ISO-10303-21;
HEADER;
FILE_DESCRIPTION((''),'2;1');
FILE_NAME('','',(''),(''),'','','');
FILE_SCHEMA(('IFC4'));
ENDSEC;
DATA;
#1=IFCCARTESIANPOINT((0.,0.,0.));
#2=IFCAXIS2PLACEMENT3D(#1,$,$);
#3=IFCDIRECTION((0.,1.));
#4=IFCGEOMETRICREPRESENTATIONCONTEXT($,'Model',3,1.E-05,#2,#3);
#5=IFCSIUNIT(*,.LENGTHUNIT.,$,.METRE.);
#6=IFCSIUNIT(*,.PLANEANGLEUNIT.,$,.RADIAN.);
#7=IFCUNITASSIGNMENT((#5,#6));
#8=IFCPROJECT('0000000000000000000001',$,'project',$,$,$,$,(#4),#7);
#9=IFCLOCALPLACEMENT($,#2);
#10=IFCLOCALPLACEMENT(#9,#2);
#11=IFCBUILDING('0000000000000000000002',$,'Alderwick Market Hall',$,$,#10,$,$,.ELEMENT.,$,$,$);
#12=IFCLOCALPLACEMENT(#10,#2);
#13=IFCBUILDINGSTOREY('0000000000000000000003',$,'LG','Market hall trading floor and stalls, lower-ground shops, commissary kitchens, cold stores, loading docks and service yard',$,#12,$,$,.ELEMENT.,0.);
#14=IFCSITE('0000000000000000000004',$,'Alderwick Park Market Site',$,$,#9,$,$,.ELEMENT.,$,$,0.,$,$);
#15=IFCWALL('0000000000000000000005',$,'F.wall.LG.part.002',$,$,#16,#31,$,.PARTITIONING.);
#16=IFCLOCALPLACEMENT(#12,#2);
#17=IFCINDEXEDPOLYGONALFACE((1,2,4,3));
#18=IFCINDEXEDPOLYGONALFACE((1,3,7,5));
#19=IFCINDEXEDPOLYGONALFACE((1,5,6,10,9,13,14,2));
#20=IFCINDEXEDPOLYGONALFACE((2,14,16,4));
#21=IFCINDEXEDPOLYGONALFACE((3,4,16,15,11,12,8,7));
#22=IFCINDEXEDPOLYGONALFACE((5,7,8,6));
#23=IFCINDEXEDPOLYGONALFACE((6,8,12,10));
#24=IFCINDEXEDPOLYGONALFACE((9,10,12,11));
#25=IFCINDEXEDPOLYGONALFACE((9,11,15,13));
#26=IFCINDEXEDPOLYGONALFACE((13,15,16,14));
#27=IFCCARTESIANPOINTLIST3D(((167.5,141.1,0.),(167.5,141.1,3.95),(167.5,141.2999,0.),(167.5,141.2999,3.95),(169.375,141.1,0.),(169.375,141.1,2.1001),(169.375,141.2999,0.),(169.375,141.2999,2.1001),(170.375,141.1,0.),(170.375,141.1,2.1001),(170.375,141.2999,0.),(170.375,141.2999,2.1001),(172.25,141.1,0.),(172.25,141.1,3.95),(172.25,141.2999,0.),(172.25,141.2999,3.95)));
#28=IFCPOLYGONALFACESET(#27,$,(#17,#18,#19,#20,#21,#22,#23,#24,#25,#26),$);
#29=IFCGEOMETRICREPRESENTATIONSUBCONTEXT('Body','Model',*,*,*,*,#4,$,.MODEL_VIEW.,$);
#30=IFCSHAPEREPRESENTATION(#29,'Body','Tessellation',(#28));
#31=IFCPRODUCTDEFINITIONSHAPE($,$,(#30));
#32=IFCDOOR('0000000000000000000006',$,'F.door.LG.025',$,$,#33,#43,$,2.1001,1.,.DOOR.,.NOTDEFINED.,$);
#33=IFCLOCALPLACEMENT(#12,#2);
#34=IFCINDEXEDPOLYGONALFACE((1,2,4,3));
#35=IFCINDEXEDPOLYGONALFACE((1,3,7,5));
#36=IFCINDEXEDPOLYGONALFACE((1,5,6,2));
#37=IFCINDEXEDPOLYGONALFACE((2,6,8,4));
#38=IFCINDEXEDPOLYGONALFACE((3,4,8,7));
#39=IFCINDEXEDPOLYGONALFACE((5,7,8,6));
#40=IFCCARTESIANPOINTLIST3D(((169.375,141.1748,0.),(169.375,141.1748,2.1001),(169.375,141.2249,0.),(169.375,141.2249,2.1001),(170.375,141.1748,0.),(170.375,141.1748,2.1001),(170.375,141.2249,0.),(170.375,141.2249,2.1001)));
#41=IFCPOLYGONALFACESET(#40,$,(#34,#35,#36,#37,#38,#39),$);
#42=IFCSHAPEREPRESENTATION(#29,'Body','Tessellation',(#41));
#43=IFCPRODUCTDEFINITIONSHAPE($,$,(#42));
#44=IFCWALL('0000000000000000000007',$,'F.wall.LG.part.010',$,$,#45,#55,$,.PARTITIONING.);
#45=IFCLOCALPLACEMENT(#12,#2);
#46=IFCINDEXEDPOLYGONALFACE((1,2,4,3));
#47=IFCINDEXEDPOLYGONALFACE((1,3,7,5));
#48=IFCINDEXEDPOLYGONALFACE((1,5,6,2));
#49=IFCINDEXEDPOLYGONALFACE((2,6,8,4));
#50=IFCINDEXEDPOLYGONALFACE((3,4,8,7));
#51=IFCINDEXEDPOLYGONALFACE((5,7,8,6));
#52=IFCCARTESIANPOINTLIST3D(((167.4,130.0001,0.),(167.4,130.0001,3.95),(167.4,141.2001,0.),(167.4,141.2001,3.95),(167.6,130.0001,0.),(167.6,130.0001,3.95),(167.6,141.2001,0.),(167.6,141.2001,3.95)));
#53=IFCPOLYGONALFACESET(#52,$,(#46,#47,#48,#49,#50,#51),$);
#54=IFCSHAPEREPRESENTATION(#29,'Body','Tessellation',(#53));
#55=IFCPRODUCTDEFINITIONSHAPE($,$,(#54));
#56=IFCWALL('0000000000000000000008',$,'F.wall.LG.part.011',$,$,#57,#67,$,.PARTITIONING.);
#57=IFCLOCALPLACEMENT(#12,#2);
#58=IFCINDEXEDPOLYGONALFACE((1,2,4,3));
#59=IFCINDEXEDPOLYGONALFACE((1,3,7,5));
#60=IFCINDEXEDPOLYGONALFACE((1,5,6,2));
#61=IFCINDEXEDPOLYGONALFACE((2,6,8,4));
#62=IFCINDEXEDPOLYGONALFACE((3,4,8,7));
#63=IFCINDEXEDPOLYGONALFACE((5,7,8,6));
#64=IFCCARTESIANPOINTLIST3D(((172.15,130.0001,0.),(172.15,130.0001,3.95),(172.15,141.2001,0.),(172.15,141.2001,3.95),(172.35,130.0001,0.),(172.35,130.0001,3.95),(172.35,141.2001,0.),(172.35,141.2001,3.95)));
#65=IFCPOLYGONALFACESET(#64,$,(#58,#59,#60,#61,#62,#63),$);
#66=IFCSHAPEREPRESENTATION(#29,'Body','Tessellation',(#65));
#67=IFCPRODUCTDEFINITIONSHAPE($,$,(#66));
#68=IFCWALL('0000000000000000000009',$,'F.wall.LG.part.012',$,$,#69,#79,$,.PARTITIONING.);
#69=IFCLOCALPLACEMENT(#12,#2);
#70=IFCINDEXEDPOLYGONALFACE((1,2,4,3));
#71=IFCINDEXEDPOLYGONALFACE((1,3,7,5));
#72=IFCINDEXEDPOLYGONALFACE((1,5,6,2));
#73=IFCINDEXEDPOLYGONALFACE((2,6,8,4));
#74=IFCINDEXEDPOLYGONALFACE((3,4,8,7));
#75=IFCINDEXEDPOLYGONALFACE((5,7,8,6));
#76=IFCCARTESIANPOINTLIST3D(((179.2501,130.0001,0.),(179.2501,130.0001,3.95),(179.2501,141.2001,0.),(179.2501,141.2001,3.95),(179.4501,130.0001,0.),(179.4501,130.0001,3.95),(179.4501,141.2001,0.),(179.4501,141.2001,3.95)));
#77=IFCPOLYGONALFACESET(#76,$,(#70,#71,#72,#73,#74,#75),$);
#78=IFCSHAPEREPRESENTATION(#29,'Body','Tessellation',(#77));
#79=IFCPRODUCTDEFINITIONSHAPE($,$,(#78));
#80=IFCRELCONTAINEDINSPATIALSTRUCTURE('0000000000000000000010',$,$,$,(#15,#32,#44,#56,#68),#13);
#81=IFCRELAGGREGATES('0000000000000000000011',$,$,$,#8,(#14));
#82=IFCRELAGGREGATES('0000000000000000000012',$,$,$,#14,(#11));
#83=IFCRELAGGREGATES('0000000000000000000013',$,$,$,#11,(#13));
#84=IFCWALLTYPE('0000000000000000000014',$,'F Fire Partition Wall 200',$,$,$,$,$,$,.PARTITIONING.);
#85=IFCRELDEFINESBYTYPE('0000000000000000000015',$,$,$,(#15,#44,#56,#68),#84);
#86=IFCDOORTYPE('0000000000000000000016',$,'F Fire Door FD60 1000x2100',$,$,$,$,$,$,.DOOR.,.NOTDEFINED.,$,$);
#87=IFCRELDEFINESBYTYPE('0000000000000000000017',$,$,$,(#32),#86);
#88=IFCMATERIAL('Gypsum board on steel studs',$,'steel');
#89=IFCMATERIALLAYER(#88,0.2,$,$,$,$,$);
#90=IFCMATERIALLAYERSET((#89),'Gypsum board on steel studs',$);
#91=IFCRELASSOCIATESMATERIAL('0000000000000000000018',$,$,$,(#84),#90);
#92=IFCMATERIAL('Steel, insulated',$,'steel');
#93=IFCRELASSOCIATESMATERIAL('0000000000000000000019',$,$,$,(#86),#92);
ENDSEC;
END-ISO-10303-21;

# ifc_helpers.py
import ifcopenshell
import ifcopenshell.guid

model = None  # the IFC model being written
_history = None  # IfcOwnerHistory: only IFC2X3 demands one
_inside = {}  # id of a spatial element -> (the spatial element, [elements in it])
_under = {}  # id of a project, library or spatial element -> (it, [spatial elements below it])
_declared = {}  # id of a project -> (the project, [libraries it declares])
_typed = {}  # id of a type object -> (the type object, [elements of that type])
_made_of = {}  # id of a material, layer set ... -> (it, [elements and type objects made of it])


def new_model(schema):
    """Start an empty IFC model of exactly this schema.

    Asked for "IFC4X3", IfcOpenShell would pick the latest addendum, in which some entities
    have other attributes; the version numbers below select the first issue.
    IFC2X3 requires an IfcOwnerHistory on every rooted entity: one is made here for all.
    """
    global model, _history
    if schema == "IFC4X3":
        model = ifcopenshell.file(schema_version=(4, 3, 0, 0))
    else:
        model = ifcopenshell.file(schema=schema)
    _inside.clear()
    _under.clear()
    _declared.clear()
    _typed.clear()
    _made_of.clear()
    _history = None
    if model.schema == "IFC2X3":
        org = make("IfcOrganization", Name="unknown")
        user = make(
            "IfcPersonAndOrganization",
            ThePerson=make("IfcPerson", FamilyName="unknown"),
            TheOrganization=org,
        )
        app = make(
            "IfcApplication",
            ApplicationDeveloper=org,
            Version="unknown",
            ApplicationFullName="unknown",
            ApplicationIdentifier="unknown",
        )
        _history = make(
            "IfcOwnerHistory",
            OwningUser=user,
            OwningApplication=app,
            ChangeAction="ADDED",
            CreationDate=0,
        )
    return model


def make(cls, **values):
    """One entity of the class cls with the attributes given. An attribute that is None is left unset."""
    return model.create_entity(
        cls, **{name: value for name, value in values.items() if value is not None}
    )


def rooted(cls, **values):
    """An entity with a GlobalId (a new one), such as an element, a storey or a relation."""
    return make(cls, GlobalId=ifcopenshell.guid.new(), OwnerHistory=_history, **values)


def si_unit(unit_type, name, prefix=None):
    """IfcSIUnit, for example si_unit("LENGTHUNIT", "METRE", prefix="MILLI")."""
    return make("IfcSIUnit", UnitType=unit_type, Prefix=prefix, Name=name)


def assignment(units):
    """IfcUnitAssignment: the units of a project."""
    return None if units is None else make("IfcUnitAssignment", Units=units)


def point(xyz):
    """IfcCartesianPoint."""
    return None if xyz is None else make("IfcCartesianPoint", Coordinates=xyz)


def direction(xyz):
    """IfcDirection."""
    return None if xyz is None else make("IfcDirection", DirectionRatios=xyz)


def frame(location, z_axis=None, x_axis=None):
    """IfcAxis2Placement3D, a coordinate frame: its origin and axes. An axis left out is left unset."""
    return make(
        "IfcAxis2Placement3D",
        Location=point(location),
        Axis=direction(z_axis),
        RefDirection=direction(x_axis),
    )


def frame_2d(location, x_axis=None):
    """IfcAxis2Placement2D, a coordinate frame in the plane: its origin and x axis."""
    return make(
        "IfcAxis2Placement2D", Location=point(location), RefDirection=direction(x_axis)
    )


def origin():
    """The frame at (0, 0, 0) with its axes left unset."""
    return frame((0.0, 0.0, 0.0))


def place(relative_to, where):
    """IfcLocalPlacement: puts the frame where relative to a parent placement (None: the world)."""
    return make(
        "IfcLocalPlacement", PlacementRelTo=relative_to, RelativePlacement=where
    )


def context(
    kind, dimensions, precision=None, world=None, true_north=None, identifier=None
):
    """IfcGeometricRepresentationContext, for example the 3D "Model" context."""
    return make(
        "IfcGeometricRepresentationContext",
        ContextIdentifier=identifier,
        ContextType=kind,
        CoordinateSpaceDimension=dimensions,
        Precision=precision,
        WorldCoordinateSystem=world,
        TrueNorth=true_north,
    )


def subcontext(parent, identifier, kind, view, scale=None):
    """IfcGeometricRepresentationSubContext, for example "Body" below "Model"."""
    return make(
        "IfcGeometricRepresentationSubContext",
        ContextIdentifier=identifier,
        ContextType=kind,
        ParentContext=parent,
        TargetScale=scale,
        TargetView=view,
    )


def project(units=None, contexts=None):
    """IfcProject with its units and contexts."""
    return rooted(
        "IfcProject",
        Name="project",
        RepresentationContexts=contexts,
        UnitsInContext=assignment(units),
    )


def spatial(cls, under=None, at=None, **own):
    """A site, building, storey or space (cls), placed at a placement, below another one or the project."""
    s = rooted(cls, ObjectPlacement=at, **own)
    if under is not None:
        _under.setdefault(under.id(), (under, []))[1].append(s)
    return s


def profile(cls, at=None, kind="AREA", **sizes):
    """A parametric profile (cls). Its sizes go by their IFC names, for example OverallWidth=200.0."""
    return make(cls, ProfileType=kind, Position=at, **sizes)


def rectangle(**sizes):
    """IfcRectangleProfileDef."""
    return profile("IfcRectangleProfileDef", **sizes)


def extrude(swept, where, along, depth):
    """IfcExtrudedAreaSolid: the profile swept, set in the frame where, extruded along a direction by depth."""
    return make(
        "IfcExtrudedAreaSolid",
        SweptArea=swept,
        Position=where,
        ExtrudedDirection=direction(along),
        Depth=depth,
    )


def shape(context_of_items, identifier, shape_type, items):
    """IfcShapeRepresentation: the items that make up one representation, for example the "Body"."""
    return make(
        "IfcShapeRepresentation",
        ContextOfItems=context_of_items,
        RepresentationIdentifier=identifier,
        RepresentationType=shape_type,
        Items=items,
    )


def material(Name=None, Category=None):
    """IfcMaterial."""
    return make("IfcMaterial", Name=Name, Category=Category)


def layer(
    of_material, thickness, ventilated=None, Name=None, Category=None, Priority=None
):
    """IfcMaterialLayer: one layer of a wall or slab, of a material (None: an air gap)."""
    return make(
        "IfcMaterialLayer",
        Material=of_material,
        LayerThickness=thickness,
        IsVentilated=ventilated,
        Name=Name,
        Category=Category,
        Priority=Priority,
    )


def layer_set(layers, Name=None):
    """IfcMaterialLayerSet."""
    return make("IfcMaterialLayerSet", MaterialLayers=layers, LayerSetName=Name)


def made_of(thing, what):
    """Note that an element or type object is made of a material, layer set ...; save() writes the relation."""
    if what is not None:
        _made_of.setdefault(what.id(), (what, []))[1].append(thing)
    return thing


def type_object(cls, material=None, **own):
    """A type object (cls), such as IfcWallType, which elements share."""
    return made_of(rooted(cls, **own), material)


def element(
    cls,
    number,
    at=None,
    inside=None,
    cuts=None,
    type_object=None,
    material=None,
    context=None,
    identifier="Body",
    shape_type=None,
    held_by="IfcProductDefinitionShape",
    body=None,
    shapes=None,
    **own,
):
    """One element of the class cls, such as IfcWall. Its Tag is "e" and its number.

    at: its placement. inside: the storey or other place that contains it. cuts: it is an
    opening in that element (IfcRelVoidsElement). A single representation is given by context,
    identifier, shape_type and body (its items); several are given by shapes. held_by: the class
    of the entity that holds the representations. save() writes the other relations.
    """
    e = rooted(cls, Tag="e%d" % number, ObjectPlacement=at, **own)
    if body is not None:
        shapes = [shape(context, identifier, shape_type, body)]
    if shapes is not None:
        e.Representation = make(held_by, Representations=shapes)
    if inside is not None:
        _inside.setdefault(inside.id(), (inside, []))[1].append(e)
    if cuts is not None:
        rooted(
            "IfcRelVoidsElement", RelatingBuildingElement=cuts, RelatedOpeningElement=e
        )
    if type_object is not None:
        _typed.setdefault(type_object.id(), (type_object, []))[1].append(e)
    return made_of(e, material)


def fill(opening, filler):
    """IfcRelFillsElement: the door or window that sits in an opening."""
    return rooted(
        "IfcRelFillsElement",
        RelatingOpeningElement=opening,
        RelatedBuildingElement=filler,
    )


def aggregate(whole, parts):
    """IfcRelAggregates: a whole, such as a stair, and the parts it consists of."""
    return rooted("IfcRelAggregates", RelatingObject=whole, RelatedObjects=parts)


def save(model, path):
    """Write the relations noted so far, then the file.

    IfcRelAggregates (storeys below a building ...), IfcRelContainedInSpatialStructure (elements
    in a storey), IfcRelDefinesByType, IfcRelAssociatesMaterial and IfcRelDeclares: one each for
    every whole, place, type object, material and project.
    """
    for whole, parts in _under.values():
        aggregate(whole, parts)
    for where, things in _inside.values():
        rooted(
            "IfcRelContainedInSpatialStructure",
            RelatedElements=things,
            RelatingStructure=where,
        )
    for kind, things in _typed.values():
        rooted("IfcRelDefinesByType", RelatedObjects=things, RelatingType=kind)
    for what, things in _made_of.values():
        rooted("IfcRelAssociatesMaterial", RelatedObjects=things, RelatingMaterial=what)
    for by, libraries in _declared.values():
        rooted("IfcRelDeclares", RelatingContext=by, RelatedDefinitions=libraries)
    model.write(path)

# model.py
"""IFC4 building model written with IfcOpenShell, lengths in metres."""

from ifc_helpers import new_model, si_unit, direction, frame, frame_2d, origin, place, context, subcontext, project, spatial, rectangle, extrude, material, layer, layer_set, type_object, element, fill, save


model = new_model("IFC4")

# Units and contexts
model_context = context("Model", 3, precision=1e-05, world=origin(), true_north=direction((0.0, 1.0)))
body_context = subcontext(model_context, "Body", "Model", "MODEL_VIEW")
ifc_project = project(units=[si_unit("LENGTHUNIT", "METRE"), si_unit("PLANEANGLEUNIT", "RADIAN")], contexts=[model_context])

# Site, building, storey
site_placement = place(None, origin())
site = spatial("IfcSite", under=ifc_project, at=site_placement, Name="Alderwick Park Market Site", CompositionType="ELEMENT", RefElevation=0.0)
building_placement = place(site_placement, origin())
building = spatial("IfcBuilding", under=site, at=building_placement, Name="Alderwick Market Hall", CompositionType="ELEMENT")
storey_placement = place(building_placement, origin())
storey = spatial("IfcBuildingStorey", under=building, at=storey_placement, Name="LG", Description="Market hall trading floor and stalls, lower-ground shops, commissary kitchens, cold stores, loading docks and service yard", CompositionType="ELEMENT", Elevation=0.0)

# Wall, opening, door
ifc_material_1 = material(Name="Gypsum board on steel studs", Category="steel")
ifc_layer = layer(ifc_material_1, 0.2)
ifc_layer_set = layer_set([ifc_layer], Name="Gypsum board on steel studs")
wall_type = type_object("IfcWallType", Name="F Fire Partition Wall 200", PredefinedType="PARTITIONING", material=ifc_layer_set)
wall_placement = place(storey_placement, frame((167.5, 141.2, 0.0), z_axis=(0.0, 0.0, 1.0), x_axis=(1.0, 0.0, 0.0)))
wall = element("IfcWall", 1, at=wall_placement, inside=storey, type_object=wall_type, Name="F.wall.LG.part.002", PredefinedType="PARTITIONING", context=body_context, shape_type="SweptSolid", body=[
    extrude(rectangle(XDim=4.75, YDim=0.2, at=frame_2d((2.375, 0.0))), origin(), (0.0, 0.0, 1.0), 3.95),
])
opening_placement = place(wall_placement, frame((1.875, 0.0, 0.0)))
opening = element("IfcOpeningElement", 2, at=opening_placement, cuts=wall, PredefinedType="OPENING", context=body_context, shape_type="SweptSolid", body=[
    extrude(rectangle(XDim=1.0, YDim=2.1001, at=frame_2d((0.5, 1.05))), frame((0.0, 0.1099, 0.0), z_axis=(0.0, -1.0, 0.0), x_axis=(1.0, 0.0, 0.0)), (0.0, 0.0, 1.0), 0.22),
])
ifc_material_2 = material(Name="Steel, insulated", Category="steel")
door_type = type_object("IfcDoorType", Name="F Fire Door FD60 1000x2100", OperationType="NOTDEFINED", PredefinedType="DOOR", material=ifc_material_2)
door_placement = place(opening_placement, origin())
door = element("IfcDoor", 3, at=door_placement, inside=storey, type_object=door_type, Name="F.door.LG.025", OperationType="NOTDEFINED", OverallHeight=2.1001, OverallWidth=1.0, PredefinedType="DOOR", context=body_context, shape_type="SweptSolid", body=[
    extrude(rectangle(XDim=1.0, YDim=2.1001, at=frame_2d((0.5, 1.05))), frame((0.0, 0.0249, 0.0), z_axis=(0.0, -1.0, 0.0), x_axis=(1.0, 0.0, 0.0)), (0.0, 0.0, 1.0), 0.05),
])
fill(opening, door)

# Walls
for number, where, z_axis, x_axis, name in (
    (4, (167.5, 130.0, 0.0), (0.0, 0.0, 1.0), (0.0, 1.0, 0.0), "F.wall.LG.part.010"),
    (5, (172.25, 130.0, 0.0), (0.0, 0.0, 1.0), (0.0, 1.0, 0.0), "F.wall.LG.part.011"),
    (6, (179.3501, 130.0, 0.0), (0.0, 0.0, 1.0), (0.0, 1.0, 0.0), "F.wall.LG.part.012"),
):
    element("IfcWall", number, at=place(storey_placement, frame(where, z_axis=z_axis, x_axis=x_axis)), inside=storey, type_object=wall_type, Name=name, PredefinedType="PARTITIONING", context=body_context, shape_type="SweptSolid", body=[
        extrude(rectangle(XDim=11.2, YDim=0.2, at=frame_2d((5.6001, 0.0))), origin(), (0.0, 0.0, 1.0), 3.95),
    ])

save(model, "model.ifc")
